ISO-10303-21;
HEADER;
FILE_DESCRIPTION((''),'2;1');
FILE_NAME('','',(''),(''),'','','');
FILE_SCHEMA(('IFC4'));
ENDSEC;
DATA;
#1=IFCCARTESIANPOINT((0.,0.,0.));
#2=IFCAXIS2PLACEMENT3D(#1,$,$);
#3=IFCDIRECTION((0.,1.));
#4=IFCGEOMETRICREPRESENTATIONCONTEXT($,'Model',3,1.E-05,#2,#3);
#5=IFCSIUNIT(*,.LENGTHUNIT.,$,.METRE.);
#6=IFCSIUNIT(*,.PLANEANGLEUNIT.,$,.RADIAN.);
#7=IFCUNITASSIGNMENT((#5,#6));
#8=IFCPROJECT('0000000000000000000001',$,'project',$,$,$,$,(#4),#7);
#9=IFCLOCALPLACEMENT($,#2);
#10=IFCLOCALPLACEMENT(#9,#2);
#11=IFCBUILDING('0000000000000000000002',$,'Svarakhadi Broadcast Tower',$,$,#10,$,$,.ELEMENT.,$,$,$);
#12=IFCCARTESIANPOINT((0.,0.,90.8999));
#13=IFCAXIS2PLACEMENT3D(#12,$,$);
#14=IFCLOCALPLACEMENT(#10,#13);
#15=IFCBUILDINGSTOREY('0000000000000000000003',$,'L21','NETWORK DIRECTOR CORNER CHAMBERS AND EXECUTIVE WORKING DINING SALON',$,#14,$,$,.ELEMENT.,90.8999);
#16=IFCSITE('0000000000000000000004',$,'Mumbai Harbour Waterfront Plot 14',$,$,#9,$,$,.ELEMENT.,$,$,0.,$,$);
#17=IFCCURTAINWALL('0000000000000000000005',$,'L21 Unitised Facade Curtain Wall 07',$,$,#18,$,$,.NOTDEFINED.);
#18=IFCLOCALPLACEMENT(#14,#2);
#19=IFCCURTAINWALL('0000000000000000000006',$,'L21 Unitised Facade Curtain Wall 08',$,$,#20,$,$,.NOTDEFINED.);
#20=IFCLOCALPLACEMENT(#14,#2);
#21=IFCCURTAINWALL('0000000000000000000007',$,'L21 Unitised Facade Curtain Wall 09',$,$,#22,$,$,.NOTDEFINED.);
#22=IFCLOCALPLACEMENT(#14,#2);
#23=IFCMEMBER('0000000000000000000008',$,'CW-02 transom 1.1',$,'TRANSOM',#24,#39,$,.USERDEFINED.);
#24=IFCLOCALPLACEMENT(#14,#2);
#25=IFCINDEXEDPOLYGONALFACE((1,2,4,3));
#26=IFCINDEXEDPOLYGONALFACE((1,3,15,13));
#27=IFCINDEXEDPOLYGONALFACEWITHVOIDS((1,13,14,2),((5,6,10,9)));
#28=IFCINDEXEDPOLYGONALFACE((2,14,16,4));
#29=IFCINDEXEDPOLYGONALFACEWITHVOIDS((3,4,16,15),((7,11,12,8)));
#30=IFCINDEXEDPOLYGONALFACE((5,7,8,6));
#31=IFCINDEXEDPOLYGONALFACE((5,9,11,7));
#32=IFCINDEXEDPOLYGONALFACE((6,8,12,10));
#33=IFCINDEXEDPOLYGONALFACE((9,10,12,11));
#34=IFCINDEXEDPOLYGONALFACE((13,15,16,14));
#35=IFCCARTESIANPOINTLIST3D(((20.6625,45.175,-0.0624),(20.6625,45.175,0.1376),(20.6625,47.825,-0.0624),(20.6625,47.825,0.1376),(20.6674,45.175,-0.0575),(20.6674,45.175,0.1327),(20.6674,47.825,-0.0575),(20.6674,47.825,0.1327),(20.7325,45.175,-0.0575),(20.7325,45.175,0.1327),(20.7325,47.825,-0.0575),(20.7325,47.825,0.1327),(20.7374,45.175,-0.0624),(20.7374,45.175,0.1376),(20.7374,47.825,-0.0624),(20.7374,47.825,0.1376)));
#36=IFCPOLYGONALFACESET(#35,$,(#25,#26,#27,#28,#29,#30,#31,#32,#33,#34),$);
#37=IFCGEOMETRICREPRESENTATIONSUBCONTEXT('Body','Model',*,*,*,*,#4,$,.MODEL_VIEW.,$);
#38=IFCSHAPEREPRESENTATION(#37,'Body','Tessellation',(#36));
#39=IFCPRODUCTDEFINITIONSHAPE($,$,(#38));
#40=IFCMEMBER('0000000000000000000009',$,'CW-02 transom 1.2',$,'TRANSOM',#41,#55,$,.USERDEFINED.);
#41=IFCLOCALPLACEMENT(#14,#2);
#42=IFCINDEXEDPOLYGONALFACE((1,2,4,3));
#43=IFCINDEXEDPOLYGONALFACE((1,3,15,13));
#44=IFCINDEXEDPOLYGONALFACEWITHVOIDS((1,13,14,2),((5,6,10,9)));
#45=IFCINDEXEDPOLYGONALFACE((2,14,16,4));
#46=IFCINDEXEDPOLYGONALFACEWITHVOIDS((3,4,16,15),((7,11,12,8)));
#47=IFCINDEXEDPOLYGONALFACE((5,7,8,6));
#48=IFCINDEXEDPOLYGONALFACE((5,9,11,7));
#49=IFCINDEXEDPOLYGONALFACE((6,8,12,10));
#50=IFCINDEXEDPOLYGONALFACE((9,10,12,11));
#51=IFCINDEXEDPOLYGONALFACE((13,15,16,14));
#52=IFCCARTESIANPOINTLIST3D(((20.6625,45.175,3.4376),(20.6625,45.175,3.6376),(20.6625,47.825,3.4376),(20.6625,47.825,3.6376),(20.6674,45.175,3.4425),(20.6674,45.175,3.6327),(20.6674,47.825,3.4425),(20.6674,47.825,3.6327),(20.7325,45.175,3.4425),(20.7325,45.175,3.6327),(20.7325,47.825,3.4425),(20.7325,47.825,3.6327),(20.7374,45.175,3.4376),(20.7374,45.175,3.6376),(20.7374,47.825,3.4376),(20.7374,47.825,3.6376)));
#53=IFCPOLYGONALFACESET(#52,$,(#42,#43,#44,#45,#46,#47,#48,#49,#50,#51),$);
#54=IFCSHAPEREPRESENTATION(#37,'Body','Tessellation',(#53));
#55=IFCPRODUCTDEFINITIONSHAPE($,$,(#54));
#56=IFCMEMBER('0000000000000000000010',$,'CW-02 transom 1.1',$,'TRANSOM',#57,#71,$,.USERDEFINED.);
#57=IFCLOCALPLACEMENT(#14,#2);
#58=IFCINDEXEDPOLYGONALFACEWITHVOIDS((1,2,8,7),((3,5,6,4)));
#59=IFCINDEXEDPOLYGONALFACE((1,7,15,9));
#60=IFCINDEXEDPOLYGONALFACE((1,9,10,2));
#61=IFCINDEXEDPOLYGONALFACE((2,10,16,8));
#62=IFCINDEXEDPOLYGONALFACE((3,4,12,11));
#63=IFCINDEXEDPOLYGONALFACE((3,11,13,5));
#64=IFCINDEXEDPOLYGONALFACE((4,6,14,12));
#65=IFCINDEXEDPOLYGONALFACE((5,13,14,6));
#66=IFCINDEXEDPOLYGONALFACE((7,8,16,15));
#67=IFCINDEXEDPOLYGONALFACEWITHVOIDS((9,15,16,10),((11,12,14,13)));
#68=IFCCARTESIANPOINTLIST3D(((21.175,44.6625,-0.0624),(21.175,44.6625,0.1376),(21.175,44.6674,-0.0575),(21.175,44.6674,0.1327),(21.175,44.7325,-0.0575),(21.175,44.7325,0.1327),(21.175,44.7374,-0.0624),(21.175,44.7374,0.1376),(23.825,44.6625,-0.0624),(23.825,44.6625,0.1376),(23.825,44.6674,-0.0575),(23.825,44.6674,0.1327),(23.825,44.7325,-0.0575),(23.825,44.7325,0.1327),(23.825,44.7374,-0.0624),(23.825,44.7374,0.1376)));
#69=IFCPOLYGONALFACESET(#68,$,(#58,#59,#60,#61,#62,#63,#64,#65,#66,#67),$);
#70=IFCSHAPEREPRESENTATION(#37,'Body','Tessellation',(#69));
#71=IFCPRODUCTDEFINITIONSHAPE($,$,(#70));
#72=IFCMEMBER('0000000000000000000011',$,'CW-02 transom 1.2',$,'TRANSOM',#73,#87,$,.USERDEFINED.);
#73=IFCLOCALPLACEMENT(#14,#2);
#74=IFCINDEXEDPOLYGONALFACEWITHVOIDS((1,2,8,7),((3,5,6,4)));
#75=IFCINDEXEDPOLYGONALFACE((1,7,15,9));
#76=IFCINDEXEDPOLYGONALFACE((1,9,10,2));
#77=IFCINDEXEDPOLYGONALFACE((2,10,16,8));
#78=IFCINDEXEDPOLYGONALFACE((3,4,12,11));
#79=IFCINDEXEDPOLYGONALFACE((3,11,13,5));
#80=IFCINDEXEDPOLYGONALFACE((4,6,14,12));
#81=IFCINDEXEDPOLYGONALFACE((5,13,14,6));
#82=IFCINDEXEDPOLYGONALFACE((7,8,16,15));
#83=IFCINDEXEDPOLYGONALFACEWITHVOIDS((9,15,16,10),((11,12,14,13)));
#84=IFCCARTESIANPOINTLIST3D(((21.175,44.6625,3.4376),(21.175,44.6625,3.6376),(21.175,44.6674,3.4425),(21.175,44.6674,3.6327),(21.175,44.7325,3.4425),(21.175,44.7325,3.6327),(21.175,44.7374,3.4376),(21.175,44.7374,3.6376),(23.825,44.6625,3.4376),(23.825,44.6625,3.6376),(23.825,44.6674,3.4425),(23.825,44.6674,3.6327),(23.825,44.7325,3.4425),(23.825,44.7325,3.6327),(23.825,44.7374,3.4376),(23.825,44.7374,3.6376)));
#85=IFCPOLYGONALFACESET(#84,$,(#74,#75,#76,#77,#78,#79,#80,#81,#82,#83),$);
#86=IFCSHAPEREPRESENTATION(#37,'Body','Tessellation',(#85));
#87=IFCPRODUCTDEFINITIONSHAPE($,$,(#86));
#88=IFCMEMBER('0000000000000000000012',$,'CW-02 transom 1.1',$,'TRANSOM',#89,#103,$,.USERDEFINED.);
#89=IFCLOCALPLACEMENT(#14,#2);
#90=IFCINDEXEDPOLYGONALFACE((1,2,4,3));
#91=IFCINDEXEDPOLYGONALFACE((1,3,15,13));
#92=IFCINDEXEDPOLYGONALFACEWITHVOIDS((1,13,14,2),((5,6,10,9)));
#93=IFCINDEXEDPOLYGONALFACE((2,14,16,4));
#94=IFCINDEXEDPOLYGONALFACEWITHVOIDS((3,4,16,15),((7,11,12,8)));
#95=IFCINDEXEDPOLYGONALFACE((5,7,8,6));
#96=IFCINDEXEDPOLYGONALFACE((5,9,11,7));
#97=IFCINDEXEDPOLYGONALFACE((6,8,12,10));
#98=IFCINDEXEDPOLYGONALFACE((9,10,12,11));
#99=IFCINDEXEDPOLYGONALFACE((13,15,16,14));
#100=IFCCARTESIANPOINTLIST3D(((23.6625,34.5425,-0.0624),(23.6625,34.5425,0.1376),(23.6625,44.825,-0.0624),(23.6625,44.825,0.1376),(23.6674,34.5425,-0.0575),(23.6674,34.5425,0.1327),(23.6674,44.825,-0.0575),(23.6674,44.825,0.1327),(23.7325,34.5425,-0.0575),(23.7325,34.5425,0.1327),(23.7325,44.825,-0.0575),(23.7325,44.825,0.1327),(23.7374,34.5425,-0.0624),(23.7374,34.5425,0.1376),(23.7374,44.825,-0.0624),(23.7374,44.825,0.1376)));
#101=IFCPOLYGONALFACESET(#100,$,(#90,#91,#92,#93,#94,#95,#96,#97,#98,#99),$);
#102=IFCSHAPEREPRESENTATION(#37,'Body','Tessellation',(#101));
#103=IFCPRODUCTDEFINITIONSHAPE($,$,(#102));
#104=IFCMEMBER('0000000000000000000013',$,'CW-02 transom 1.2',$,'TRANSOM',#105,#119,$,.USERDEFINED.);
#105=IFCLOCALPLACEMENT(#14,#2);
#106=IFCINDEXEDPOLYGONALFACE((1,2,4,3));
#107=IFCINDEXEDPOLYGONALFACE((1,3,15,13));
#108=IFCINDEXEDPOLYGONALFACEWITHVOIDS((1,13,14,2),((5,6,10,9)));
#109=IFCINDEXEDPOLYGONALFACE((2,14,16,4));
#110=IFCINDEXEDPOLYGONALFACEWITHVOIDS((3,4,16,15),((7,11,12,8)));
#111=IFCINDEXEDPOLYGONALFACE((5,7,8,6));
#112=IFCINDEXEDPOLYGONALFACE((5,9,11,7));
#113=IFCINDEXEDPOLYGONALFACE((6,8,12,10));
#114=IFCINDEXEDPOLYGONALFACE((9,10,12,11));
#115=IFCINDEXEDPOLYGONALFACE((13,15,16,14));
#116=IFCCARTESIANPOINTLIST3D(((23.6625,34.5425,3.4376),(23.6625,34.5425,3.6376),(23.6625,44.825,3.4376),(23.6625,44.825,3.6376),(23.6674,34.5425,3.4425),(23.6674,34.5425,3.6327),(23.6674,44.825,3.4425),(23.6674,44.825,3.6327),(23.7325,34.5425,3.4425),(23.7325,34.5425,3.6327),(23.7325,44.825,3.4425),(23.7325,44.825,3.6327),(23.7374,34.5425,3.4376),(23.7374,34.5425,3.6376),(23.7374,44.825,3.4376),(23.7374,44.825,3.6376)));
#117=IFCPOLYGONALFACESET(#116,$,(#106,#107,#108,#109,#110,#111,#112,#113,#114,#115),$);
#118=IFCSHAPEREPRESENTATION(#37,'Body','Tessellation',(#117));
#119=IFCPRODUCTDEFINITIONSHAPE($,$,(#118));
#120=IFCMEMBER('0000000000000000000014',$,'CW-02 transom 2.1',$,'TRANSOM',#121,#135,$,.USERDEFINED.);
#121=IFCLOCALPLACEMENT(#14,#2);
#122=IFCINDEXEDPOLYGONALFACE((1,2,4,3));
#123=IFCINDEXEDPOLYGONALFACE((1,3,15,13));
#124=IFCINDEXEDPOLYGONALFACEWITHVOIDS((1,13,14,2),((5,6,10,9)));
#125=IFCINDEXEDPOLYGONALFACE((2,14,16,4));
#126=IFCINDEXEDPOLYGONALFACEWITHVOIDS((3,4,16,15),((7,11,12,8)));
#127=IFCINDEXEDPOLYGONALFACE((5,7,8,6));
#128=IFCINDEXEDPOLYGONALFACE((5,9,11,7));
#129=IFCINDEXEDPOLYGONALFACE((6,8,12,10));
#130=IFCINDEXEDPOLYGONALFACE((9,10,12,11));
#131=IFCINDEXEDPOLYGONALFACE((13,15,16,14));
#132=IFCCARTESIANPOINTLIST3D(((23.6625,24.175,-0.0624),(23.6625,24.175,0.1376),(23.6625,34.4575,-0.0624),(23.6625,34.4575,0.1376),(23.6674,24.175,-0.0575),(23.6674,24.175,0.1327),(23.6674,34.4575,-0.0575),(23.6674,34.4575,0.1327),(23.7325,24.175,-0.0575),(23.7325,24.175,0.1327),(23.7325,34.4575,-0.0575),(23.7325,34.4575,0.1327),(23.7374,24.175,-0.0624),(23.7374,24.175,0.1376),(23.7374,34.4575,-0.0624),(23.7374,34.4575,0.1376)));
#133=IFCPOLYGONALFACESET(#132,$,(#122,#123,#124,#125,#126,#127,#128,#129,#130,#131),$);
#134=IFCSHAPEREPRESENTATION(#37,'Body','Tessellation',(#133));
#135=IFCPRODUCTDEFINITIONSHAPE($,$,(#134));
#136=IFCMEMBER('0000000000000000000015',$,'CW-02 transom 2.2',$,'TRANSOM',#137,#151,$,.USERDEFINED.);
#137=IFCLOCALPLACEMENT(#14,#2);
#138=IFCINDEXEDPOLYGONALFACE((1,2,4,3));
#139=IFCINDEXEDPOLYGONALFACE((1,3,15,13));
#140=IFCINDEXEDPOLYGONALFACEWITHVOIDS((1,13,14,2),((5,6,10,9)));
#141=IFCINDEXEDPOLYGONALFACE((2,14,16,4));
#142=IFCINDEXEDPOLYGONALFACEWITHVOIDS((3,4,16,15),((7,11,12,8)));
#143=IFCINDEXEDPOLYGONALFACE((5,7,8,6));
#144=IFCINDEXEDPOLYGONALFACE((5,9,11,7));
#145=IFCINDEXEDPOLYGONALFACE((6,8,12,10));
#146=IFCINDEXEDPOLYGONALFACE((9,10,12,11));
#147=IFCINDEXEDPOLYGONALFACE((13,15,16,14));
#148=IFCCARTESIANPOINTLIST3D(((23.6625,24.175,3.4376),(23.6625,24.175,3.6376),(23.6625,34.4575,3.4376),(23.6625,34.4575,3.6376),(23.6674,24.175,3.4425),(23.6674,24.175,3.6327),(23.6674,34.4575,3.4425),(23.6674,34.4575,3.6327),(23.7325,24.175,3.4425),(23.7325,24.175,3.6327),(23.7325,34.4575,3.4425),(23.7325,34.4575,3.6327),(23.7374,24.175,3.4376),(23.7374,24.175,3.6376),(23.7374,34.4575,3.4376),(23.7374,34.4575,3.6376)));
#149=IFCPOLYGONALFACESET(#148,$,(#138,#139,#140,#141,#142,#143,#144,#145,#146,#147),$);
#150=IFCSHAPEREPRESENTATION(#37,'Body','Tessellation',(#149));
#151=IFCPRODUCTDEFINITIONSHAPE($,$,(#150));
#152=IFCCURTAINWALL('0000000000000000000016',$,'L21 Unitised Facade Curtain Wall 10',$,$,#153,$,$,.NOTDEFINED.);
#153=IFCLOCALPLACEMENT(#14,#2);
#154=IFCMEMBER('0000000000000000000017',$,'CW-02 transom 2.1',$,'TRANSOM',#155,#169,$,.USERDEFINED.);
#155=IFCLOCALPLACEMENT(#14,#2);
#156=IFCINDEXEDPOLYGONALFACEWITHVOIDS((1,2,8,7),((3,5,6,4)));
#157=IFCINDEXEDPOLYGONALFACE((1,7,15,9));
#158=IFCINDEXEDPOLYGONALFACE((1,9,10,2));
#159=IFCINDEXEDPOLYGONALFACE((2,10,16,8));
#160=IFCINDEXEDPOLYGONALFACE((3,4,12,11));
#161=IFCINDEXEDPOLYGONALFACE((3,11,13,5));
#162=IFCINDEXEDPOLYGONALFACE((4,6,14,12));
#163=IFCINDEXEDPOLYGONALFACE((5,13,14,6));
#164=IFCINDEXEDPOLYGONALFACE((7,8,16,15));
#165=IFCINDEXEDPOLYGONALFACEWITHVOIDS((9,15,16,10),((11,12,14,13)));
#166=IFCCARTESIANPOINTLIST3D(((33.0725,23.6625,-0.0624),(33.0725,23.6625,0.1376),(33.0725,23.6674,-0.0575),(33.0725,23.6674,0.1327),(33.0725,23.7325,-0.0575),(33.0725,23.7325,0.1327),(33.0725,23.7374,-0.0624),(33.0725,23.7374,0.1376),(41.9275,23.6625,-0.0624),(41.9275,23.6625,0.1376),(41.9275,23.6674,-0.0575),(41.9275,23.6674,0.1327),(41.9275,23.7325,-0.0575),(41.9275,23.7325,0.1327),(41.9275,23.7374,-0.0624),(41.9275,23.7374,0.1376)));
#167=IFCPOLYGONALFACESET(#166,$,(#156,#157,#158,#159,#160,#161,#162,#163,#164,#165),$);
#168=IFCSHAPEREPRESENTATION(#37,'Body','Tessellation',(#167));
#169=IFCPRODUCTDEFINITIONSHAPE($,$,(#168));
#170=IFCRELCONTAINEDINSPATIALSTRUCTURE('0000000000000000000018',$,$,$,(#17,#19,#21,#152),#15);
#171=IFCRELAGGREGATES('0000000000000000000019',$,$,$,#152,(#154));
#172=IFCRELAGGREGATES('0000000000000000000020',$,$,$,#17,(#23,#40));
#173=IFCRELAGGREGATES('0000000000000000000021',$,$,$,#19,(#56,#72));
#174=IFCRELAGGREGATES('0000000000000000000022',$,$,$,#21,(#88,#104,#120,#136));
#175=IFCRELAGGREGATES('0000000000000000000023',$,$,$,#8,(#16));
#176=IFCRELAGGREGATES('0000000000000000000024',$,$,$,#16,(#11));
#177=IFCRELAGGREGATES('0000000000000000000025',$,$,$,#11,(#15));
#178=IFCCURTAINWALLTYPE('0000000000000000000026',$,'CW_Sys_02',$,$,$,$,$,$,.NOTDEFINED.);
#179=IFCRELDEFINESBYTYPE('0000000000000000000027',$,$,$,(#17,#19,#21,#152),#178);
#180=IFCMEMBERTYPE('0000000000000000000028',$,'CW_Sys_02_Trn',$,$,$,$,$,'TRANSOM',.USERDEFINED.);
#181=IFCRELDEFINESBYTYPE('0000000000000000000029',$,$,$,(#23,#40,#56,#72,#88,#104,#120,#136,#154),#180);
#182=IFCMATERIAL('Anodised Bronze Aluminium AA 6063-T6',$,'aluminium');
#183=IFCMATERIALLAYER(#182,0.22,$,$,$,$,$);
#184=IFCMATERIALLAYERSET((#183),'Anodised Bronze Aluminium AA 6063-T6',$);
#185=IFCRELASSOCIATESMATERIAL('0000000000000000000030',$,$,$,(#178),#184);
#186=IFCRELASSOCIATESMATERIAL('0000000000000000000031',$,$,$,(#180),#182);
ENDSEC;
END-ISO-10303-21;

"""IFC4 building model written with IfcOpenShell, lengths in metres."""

from ifc_helpers import new_model, si_unit, direction, frame, origin, origin_2d, place, context, subcontext, project, spatial, hollow_rectangle, extrude, material, layer, layer_set, material_profile, profile_set, type_object, element, aggregate, save


model = new_model("IFC4")

# Units and contexts
model_context = context("Model", 3, precision=1e-05, world=origin(), true_north=direction((0.0, 1.0)))
body_context = subcontext(model_context, "Body", "Model", "MODEL_VIEW")
ifc_project = project(units=[si_unit("LENGTHUNIT", "METRE"), si_unit("PLANEANGLEUNIT", "RADIAN")], contexts=[model_context])

# Site, building, storey
site_placement = place(None, origin())
site = spatial("IfcSite", under=ifc_project, at=site_placement, Name="Mumbai Harbour Waterfront Plot 14", CompositionType="ELEMENT", RefElevation=0.0)
building_placement = place(site_placement, origin())
building = spatial("IfcBuilding", under=site, at=building_placement, Name="Svarakhadi Broadcast Tower", CompositionType="ELEMENT")
storey_placement = place(building_placement, frame((0.0, 0.0, 90.8999)))
storey = spatial("IfcBuildingStorey", under=building, at=storey_placement, Name="L21", Description="NETWORK DIRECTOR CORNER CHAMBERS AND EXECUTIVE WORKING DINING SALON", CompositionType="ELEMENT", Elevation=90.8999)

# Curtain walls
ifc_material_1 = material(Name="Anodised Bronze Aluminium AA 6063-T6", Category="aluminium")
ifc_layer_1 = layer(ifc_material_1, 0.22)
ifc_layer_set_1 = layer_set([ifc_layer_1], Name="Anodised Bronze Aluminium AA 6063-T6")
curtain_wall_type = type_object("IfcCurtainWallType", Name="CW_Sys_02", PredefinedType="NOTDEFINED", material=ifc_layer_set_1)
curtain_wall_1_placement = place(storey_placement, origin())
curtain_wall_1 = element("IfcCurtainWall", 1, at=curtain_wall_1_placement, inside=storey, type_object=curtain_wall_type, Name="L21 Unitised Facade Curtain Wall 07", PredefinedType="NOTDEFINED")
curtain_wall_2_placement = place(storey_placement, origin())
curtain_wall_2 = element("IfcCurtainWall", 2, at=curtain_wall_2_placement, inside=storey, type_object=curtain_wall_type, Name="L21 Unitised Facade Curtain Wall 08", PredefinedType="NOTDEFINED")
curtain_wall_3_placement = place(storey_placement, origin())
curtain_wall_3 = element("IfcCurtainWall", 3, at=curtain_wall_3_placement, inside=storey, type_object=curtain_wall_type, Name="L21 Unitised Facade Curtain Wall 09", PredefinedType="NOTDEFINED")

# Members
ifc_material_profile_1 = material_profile(ifc_material_1, hollow_rectangle(XDim=0.075, YDim=0.2, WallThickness=0.0049, at=origin_2d()), Name="ALU TRANSOM 200x75x5")
ifc_profile_set_1 = profile_set([ifc_material_profile_1], Name="Anodised Bronze Aluminium AA 6063-T6")
member_type_1 = type_object("IfcMemberType", Name="CW_Sys_02_Trn", ElementType="TRANSOM", PredefinedType="USERDEFINED", material=ifc_profile_set_1)
member_1_placement = place(storey_placement, frame((20.7, 47.825, 0.0376), z_axis=(0.0, -1.0, 0.0), x_axis=(1.0, 0.0, 0.0)))
member_1 = element("IfcMember", 4, at=member_1_placement, type_object=member_type_1, Name="CW-02 transom 1.1", ObjectType="TRANSOM", PredefinedType="USERDEFINED", context=body_context, shape_type="SweptSolid", body=[
    extrude(hollow_rectangle(XDim=0.075, YDim=0.2, WallThickness=0.0049, at=origin_2d()), origin(), (0.0, 0.0, 1.0), 2.6499),
])
member_2_placement = place(storey_placement, frame((20.7, 47.825, 3.5376), z_axis=(0.0, -1.0, 0.0), x_axis=(1.0, 0.0, 0.0)))
member_2 = element("IfcMember", 5, at=member_2_placement, type_object=member_type_1, Name="CW-02 transom 1.2", ObjectType="TRANSOM", PredefinedType="USERDEFINED", context=body_context, shape_type="SweptSolid", body=[
    extrude(hollow_rectangle(XDim=0.075, YDim=0.2, WallThickness=0.0049, at=origin_2d()), origin(), (0.0, 0.0, 1.0), 2.6499),
])
member_3_placement = place(storey_placement, frame((21.175, 44.7, 0.0376), z_axis=(1.0, 0.0, 0.0), x_axis=(0.0, 1.0, 0.0)))
member_3 = element("IfcMember", 6, at=member_3_placement, type_object=member_type_1, Name="CW-02 transom 1.1", ObjectType="TRANSOM", PredefinedType="USERDEFINED", context=body_context, shape_type="SweptSolid", body=[
    extrude(hollow_rectangle(XDim=0.075, YDim=0.2, WallThickness=0.0049, at=origin_2d()), origin(), (0.0, 0.0, 1.0), 2.6499),
])
member_4_placement = place(storey_placement, frame((21.175, 44.7, 3.5376), z_axis=(1.0, 0.0, 0.0), x_axis=(0.0, 1.0, 0.0)))
member_4 = element("IfcMember", 7, at=member_4_placement, type_object=member_type_1, Name="CW-02 transom 1.2", ObjectType="TRANSOM", PredefinedType="USERDEFINED", context=body_context, shape_type="SweptSolid", body=[
    extrude(hollow_rectangle(XDim=0.075, YDim=0.2, WallThickness=0.0049, at=origin_2d()), origin(), (0.0, 0.0, 1.0), 2.6499),
])
member_5_placement = place(storey_placement, frame((23.7, 44.825, 0.0376), z_axis=(0.0, -1.0, 0.0), x_axis=(1.0, 0.0, 0.0)))
member_5 = element("IfcMember", 8, at=member_5_placement, type_object=member_type_1, Name="CW-02 transom 1.1", ObjectType="TRANSOM", PredefinedType="USERDEFINED", context=body_context, shape_type="SweptSolid", body=[
    extrude(hollow_rectangle(XDim=0.075, YDim=0.2, WallThickness=0.0049, at=origin_2d()), origin(), (0.0, 0.0, 1.0), 10.2825),
])
member_6_placement = place(storey_placement, frame((23.7, 44.825, 3.5376), z_axis=(0.0, -1.0, 0.0), x_axis=(1.0, 0.0, 0.0)))
member_6 = element("IfcMember", 9, at=member_6_placement, type_object=member_type_1, Name="CW-02 transom 1.2", ObjectType="TRANSOM", PredefinedType="USERDEFINED", context=body_context, shape_type="SweptSolid", body=[
    extrude(hollow_rectangle(XDim=0.075, YDim=0.2, WallThickness=0.0049, at=origin_2d()), origin(), (0.0, 0.0, 1.0), 10.2825),
])
member_7_placement = place(storey_placement, frame((23.7, 34.4575, 0.0376), z_axis=(0.0, -1.0, 0.0), x_axis=(1.0, 0.0, 0.0)))
member_7 = element("IfcMember", 10, at=member_7_placement, type_object=member_type_1, Name="CW-02 transom 2.1", ObjectType="TRANSOM", PredefinedType="USERDEFINED", context=body_context, shape_type="SweptSolid", body=[
    extrude(hollow_rectangle(XDim=0.075, YDim=0.2, WallThickness=0.0049, at=origin_2d()), origin(), (0.0, 0.0, 1.0), 10.2825),
])
member_8_placement = place(storey_placement, frame((23.7, 34.4575, 3.5376), z_axis=(0.0, -1.0, 0.0), x_axis=(1.0, 0.0, 0.0)))
member_8 = element("IfcMember", 11, at=member_8_placement, type_object=member_type_1, Name="CW-02 transom 2.2", ObjectType="TRANSOM", PredefinedType="USERDEFINED", context=body_context, shape_type="SweptSolid", body=[
    extrude(hollow_rectangle(XDim=0.075, YDim=0.2, WallThickness=0.0049, at=origin_2d()), origin(), (0.0, 0.0, 1.0), 10.2825),
])

# Curtain wall, member
curtain_wall_4_placement = place(storey_placement, origin())
curtain_wall_4 = element("IfcCurtainWall", 12, at=curtain_wall_4_placement, inside=storey, type_object=curtain_wall_type, Name="L21 Unitised Facade Curtain Wall 10", PredefinedType="NOTDEFINED")
member_9_placement = place(storey_placement, frame((33.0725, 23.7, 0.0376), z_axis=(1.0, 0.0, 0.0), x_axis=(0.0, 1.0, 0.0)))
member_9 = element("IfcMember", 13, at=member_9_placement, type_object=member_type_1, Name="CW-02 transom 2.1", ObjectType="TRANSOM", PredefinedType="USERDEFINED", context=body_context, shape_type="SweptSolid", body=[
    extrude(hollow_rectangle(XDim=0.075, YDim=0.2, WallThickness=0.0049, at=origin_2d()), origin(), (0.0, 0.0, 1.0), 8.855),
])
aggregate(curtain_wall_4, [member_9])

aggregate(curtain_wall_1, [member_1, member_2])
aggregate(curtain_wall_2, [member_3, member_4])
aggregate(curtain_wall_3, [member_5, member_6, member_7, member_8])

save(model, "model.ifc")
